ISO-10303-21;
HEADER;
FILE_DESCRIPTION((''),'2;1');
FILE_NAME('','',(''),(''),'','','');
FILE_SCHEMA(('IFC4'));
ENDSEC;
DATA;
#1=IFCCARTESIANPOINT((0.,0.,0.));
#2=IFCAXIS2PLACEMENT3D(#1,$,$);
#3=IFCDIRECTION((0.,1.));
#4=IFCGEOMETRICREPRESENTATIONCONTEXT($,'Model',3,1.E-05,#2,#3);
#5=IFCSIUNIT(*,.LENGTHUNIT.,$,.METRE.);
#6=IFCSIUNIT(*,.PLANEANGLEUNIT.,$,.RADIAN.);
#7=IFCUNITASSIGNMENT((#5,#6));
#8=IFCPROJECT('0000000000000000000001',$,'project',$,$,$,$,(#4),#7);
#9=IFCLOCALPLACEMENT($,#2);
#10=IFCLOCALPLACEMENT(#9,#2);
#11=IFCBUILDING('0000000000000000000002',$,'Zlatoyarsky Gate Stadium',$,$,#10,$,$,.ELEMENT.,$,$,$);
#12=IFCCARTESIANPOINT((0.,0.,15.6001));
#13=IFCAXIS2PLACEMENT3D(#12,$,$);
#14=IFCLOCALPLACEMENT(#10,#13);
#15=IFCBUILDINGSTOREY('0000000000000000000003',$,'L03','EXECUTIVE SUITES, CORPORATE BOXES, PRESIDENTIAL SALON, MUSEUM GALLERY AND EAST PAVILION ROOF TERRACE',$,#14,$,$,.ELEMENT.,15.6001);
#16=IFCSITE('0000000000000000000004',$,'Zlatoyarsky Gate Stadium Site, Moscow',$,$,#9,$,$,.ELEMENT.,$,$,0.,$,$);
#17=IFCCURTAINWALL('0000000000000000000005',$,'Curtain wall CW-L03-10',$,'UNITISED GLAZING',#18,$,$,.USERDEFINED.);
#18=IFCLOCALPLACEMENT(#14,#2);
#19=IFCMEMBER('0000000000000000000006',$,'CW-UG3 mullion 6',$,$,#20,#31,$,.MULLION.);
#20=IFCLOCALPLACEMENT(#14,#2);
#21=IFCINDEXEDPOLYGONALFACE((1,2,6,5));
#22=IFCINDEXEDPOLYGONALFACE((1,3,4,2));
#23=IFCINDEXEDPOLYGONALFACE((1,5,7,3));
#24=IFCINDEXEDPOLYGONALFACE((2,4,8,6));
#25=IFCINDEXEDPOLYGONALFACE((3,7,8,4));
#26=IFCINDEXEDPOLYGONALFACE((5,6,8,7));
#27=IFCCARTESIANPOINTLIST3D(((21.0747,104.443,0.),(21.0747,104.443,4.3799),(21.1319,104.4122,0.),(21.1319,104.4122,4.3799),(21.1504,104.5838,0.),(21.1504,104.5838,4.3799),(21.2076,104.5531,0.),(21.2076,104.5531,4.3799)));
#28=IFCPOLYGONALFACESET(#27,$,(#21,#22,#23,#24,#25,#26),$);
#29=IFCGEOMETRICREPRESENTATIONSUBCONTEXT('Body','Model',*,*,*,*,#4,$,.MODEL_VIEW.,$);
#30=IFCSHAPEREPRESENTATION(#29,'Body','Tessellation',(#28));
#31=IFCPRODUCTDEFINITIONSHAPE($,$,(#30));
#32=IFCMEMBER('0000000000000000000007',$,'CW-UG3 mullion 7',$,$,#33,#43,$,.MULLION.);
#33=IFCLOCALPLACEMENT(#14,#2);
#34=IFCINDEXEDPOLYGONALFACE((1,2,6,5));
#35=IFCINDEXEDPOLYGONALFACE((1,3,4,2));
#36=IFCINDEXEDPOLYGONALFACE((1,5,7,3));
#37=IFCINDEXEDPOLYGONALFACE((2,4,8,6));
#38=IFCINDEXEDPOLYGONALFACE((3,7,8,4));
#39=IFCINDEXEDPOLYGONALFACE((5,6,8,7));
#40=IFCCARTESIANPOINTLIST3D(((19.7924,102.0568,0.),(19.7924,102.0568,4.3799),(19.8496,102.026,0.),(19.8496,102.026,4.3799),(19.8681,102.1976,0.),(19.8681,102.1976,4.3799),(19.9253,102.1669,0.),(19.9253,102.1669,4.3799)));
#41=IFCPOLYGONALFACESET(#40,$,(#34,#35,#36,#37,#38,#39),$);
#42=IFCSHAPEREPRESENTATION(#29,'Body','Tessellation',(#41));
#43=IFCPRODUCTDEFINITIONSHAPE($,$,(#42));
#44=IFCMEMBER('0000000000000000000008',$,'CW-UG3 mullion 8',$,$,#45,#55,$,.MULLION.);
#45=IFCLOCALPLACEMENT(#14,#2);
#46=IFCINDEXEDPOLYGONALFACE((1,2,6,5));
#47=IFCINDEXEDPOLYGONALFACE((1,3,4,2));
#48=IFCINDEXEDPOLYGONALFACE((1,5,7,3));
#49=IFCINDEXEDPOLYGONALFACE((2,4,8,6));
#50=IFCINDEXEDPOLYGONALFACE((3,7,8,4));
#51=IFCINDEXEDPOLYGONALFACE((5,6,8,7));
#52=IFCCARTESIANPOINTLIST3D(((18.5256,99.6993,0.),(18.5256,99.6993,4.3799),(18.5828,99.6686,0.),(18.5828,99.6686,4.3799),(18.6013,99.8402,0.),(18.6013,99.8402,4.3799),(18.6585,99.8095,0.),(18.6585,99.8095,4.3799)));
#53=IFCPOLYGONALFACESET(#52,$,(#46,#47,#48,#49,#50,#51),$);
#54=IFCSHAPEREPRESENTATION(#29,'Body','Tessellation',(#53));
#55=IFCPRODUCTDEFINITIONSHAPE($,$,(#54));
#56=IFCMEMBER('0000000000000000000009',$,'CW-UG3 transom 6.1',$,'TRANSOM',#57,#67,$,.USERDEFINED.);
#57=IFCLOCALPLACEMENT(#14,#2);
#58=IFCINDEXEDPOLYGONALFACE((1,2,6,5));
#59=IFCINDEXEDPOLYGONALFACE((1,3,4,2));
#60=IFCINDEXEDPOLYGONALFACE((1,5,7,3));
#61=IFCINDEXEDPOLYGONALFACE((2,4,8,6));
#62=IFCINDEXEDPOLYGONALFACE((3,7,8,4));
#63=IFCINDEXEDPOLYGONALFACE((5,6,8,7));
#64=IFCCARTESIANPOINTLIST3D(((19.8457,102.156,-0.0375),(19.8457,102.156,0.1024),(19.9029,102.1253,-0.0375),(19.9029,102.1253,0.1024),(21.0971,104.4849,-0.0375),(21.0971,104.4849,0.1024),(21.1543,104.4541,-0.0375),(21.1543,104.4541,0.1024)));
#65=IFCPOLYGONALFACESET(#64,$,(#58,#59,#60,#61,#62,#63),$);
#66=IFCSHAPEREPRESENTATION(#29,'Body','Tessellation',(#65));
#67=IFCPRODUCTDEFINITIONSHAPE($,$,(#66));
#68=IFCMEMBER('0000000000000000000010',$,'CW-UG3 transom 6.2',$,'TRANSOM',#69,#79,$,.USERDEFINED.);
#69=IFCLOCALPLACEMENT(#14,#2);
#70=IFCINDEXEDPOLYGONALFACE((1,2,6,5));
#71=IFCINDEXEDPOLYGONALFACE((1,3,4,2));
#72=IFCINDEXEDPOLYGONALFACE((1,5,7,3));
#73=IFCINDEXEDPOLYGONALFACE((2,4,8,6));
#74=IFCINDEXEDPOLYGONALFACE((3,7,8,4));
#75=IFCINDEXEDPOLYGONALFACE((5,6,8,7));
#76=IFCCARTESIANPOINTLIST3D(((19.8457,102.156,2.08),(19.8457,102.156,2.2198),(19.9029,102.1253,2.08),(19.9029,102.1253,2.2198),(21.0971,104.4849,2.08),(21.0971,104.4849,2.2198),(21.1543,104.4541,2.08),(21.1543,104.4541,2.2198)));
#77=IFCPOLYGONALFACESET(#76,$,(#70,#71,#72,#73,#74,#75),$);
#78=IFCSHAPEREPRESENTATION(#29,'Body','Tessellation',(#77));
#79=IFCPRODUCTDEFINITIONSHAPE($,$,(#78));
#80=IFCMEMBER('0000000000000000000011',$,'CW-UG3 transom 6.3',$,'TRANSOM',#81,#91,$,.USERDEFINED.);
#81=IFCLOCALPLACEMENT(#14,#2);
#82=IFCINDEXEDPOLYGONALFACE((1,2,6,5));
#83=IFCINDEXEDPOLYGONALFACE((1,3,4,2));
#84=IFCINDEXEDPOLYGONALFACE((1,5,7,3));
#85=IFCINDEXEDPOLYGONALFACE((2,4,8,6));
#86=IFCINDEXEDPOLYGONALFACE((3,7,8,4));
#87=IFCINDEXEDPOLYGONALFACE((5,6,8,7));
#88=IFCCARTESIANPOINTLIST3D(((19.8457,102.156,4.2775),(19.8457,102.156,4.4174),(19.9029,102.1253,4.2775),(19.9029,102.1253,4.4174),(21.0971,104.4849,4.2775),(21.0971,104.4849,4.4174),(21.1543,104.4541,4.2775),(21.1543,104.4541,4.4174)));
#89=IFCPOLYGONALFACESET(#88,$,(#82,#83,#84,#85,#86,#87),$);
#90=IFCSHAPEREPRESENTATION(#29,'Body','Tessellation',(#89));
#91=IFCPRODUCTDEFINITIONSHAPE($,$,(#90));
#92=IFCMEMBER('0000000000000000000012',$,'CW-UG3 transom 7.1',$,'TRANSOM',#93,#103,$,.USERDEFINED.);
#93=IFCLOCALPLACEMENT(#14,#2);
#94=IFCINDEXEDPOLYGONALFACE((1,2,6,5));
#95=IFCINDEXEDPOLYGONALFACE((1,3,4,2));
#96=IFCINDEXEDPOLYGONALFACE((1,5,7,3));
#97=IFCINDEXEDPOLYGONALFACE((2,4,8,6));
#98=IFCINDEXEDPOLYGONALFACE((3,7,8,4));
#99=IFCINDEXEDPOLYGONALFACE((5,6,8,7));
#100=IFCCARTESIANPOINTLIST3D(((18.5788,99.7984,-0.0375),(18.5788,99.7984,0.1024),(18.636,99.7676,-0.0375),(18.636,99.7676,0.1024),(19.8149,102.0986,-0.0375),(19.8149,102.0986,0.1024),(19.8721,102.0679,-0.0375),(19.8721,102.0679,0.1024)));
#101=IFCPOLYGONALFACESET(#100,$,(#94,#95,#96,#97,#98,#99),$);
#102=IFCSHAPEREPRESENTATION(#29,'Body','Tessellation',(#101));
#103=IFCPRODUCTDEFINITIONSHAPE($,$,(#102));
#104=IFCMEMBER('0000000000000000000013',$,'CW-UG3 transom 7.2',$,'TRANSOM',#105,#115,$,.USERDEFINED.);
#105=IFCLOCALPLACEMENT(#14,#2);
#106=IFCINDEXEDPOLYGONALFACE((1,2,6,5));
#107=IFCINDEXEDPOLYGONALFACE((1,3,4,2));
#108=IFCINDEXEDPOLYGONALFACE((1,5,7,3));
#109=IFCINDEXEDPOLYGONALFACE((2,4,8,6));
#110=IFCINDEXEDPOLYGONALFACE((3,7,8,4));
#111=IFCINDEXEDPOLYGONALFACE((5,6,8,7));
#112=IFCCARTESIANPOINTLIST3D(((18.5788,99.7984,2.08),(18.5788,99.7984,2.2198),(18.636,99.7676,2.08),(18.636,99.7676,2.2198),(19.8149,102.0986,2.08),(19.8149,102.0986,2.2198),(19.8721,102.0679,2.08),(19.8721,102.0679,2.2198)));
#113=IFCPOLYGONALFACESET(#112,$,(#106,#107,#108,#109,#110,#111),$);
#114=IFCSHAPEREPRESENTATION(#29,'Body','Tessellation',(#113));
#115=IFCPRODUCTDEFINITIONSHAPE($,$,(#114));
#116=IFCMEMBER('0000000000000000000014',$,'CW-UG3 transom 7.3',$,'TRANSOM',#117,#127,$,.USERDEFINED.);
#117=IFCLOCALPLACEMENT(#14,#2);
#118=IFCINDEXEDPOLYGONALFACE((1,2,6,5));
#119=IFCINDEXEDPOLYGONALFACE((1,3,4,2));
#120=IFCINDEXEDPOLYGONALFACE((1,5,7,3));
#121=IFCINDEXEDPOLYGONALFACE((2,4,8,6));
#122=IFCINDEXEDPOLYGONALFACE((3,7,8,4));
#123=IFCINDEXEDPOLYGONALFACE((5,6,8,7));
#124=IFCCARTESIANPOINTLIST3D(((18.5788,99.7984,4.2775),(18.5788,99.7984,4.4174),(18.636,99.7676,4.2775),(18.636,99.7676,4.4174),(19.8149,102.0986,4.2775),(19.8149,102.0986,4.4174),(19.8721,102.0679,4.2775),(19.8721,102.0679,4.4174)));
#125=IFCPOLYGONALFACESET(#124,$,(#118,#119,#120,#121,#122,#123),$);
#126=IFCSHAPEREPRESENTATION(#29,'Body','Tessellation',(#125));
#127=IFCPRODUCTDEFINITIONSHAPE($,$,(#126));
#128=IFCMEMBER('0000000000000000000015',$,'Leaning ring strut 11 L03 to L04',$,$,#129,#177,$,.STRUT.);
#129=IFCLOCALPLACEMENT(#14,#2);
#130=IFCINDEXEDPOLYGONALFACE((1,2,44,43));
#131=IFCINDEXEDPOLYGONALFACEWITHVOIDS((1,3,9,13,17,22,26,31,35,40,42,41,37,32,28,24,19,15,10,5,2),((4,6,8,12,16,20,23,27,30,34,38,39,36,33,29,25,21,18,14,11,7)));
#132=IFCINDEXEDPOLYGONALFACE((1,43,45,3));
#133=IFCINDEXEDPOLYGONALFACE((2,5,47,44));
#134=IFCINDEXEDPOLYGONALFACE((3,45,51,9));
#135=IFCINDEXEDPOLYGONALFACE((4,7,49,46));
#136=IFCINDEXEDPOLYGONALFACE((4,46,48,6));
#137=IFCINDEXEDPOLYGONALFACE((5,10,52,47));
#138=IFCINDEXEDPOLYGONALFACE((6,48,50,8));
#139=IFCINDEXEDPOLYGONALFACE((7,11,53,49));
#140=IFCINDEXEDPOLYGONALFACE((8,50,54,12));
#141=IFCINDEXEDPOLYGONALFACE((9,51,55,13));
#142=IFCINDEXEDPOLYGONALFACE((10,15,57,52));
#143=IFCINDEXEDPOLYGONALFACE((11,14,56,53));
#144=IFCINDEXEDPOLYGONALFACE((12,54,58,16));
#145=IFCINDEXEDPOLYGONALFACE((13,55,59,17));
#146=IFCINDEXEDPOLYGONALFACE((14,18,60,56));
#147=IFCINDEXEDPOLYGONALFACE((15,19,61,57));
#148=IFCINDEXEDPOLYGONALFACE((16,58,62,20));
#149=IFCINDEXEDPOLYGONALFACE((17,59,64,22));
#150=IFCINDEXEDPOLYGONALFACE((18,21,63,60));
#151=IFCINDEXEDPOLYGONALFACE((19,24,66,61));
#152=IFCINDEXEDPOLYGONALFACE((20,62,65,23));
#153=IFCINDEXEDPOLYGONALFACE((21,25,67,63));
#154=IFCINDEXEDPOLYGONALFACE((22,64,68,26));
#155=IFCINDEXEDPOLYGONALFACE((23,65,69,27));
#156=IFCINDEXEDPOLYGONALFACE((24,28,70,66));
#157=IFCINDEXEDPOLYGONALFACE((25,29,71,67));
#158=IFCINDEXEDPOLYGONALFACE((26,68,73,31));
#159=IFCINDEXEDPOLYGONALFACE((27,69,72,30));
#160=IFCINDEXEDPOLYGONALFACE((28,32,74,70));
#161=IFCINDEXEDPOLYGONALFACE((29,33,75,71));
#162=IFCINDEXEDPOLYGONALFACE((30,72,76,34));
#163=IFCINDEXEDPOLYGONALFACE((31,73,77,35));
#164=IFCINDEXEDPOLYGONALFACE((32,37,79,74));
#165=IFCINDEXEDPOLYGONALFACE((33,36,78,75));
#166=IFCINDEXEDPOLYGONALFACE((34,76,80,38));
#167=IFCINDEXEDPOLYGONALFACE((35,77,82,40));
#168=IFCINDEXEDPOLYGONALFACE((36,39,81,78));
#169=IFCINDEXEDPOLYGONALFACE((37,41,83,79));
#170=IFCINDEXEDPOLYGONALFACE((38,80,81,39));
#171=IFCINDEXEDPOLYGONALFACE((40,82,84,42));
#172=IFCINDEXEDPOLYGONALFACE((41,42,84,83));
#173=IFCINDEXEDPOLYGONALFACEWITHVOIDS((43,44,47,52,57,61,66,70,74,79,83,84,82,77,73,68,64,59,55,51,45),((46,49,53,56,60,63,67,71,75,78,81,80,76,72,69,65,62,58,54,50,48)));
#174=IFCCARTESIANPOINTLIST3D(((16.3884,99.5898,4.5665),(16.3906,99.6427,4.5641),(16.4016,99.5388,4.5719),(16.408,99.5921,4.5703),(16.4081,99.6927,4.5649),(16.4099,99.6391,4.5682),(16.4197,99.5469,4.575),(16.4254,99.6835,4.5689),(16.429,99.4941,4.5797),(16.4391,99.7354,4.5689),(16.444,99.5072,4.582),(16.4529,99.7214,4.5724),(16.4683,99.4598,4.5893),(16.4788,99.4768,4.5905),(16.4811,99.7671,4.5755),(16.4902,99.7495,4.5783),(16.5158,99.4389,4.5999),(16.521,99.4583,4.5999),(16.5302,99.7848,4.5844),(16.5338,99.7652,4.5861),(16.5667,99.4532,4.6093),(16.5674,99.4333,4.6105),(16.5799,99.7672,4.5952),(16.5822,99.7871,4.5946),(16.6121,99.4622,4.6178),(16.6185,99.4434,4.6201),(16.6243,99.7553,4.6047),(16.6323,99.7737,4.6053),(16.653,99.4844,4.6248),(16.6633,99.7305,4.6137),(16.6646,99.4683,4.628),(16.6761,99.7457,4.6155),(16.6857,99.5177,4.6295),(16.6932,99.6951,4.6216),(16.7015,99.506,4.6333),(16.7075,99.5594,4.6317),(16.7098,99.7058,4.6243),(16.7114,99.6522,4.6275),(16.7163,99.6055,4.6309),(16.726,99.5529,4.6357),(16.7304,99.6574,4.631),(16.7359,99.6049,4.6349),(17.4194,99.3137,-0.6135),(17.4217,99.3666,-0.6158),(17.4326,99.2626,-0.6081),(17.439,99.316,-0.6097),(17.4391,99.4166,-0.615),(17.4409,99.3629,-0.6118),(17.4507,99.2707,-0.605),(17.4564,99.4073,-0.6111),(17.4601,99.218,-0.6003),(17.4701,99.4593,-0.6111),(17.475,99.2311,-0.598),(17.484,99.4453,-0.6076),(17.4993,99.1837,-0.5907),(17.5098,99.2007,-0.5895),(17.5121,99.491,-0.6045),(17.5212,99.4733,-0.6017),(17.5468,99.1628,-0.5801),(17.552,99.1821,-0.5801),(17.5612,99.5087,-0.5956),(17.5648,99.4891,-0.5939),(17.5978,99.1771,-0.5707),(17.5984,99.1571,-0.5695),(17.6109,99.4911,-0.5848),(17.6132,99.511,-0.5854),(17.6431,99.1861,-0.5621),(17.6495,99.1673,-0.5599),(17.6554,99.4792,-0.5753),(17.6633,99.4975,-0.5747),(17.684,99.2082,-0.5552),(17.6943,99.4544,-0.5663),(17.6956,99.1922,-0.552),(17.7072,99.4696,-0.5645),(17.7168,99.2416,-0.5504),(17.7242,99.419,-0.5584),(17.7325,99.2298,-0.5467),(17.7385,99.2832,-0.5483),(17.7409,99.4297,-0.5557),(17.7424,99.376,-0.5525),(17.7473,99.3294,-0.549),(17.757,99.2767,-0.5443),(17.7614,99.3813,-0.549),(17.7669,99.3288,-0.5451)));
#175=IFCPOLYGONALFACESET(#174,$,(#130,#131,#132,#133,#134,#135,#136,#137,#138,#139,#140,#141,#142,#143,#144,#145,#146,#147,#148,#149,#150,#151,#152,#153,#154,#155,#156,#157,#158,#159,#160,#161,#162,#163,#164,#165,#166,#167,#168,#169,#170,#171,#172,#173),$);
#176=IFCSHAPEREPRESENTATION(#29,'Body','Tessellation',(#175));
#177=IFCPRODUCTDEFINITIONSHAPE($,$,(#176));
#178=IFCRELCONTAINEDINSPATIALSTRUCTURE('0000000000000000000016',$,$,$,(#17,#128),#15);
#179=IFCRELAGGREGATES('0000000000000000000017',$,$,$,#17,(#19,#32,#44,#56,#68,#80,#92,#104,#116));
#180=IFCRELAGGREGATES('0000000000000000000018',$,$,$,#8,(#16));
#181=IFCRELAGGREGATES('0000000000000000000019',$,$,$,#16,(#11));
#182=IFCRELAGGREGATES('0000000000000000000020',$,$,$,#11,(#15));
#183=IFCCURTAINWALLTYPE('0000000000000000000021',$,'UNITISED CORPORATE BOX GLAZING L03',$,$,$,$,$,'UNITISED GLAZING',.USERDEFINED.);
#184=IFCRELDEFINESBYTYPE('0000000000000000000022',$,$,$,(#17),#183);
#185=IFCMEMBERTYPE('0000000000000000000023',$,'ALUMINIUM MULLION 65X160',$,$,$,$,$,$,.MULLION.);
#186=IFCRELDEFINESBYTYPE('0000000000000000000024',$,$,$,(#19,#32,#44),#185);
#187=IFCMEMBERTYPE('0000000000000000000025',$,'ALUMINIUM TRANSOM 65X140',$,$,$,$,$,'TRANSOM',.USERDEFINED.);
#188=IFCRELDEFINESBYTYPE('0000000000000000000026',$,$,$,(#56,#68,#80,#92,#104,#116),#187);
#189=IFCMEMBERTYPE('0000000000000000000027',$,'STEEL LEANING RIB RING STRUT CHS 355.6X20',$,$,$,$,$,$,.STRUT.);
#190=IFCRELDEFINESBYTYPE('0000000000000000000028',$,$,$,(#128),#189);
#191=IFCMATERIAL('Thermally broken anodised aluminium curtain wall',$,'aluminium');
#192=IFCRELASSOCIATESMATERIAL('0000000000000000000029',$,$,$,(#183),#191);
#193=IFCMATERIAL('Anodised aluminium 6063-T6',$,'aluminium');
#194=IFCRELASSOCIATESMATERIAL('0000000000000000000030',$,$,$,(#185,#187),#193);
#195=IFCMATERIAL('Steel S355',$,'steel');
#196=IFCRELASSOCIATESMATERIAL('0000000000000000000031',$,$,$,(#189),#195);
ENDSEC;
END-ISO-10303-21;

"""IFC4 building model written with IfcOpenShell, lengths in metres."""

from ifc_helpers import new_model, si_unit, direction, frame, origin, origin_2d, place, context, subcontext, project, spatial, rectangle, hollow_circle, extrude, material, material_profile, profile_set, type_object, element, aggregate, save


model = new_model("IFC4")

# Units and contexts
model_context = context("Model", 3, precision=1e-05, world=origin(), true_north=direction((0.0, 1.0)))
body_context = subcontext(model_context, "Body", "Model", "MODEL_VIEW")
ifc_project = project(units=[si_unit("LENGTHUNIT", "METRE"), si_unit("PLANEANGLEUNIT", "RADIAN")], contexts=[model_context])

# Site, building, storey
site_placement = place(None, origin())
site = spatial("IfcSite", under=ifc_project, at=site_placement, Name="Zlatoyarsky Gate Stadium Site, Moscow", CompositionType="ELEMENT", RefElevation=0.0)
building_placement = place(site_placement, origin())
building = spatial("IfcBuilding", under=site, at=building_placement, Name="Zlatoyarsky Gate Stadium", CompositionType="ELEMENT")
storey_placement = place(building_placement, frame((0.0, 0.0, 15.6001)))
storey = spatial("IfcBuildingStorey", under=building, at=storey_placement, Name="L03", Description="EXECUTIVE SUITES, CORPORATE BOXES, PRESIDENTIAL SALON, MUSEUM GALLERY AND EAST PAVILION ROOF TERRACE", CompositionType="ELEMENT", Elevation=15.6001)

# Curtain wall, members
ifc_material_1 = material(Name="Thermally broken anodised aluminium curtain wall", Category="aluminium")
curtain_wall_type = type_object("IfcCurtainWallType", Name="UNITISED CORPORATE BOX GLAZING L03", ElementType="UNITISED GLAZING", PredefinedType="USERDEFINED", material=ifc_material_1)
curtain_wall_placement = place(storey_placement, origin())
curtain_wall = element("IfcCurtainWall", 1, at=curtain_wall_placement, inside=storey, type_object=curtain_wall_type, Name="Curtain wall CW-L03-10", ObjectType="UNITISED GLAZING", PredefinedType="USERDEFINED")
ifc_material_2 = material(Name="Anodised aluminium 6063-T6", Category="aluminium")
ifc_material_profile_1 = material_profile(ifc_material_2, rectangle(XDim=0.0649, YDim=0.1599, at=origin_2d()), Name="ALU 65X160")
ifc_profile_set_1 = profile_set([ifc_material_profile_1], Name="Anodised aluminium 6063-T6")
member_type_1 = type_object("IfcMemberType", Name="ALUMINIUM MULLION 65X160", PredefinedType="MULLION", material=ifc_profile_set_1)
member_1_placement = place(storey_placement, frame((21.1411, 104.498, 0.0), z_axis=(0.0, 0.0, 1.0), x_axis=(0.880877, -0.473345, 0.0)))
member_1 = element("IfcMember", 2, at=member_1_placement, type_object=member_type_1, Name="CW-UG3 mullion 6", PredefinedType="MULLION", context=body_context, shape_type="SweptSolid", body=[
    extrude(rectangle(XDim=0.0649, YDim=0.1599, at=origin_2d()), origin(), (0.0, 0.0, 1.0), 4.3799),
])
member_2_placement = place(storey_placement, frame((19.8589, 102.1118, 0.0), z_axis=(0.0, 0.0, 1.0), x_axis=(0.880877, -0.473345, 0.0)))
member_2 = element("IfcMember", 3, at=member_2_placement, type_object=member_type_1, Name="CW-UG3 mullion 7", PredefinedType="MULLION", context=body_context, shape_type="SweptSolid", body=[
    extrude(rectangle(XDim=0.0649, YDim=0.1599, at=origin_2d()), origin(), (0.0, 0.0, 1.0), 4.3799),
])
member_3_placement = place(storey_placement, frame((18.592, 99.7544, 0.0), z_axis=(0.0, 0.0, 1.0), x_axis=(0.880877, -0.473345, 0.0)))
member_3 = element("IfcMember", 4, at=member_3_placement, type_object=member_type_1, Name="CW-UG3 mullion 8", PredefinedType="MULLION", context=body_context, shape_type="SweptSolid", body=[
    extrude(rectangle(XDim=0.0649, YDim=0.1599, at=origin_2d()), origin(), (0.0, 0.0, 1.0), 4.3799),
])
ifc_material_profile_2 = material_profile(ifc_material_2, rectangle(XDim=0.0649, YDim=0.1399, at=origin_2d()), Name="ALU 65X140")
ifc_profile_set_2 = profile_set([ifc_material_profile_2], Name="Anodised aluminium 6063-T6")
member_type_2 = type_object("IfcMemberType", Name="ALUMINIUM TRANSOM 65X140", ElementType="TRANSOM", PredefinedType="USERDEFINED", material=ifc_profile_set_2)
member_4_placement = place(storey_placement, frame((21.1257, 104.4695, 0.0325), z_axis=(-0.473356, -0.880871, 0.0), x_axis=(0.880871, -0.473356, 0.0)))
member_4 = element("IfcMember", 5, at=member_4_placement, type_object=member_type_2, Name="CW-UG3 transom 6.1", ObjectType="TRANSOM", PredefinedType="USERDEFINED", context=body_context, shape_type="SweptSolid", body=[
    extrude(rectangle(XDim=0.0649, YDim=0.1399, at=origin_2d()), origin(), (0.0, 0.0, 1.0), 2.6438),
])
member_5_placement = place(storey_placement, frame((21.1257, 104.4695, 2.1499), z_axis=(-0.473356, -0.880871, 0.0), x_axis=(0.880871, -0.473356, 0.0)))
member_5 = element("IfcMember", 6, at=member_5_placement, type_object=member_type_2, Name="CW-UG3 transom 6.2", ObjectType="TRANSOM", PredefinedType="USERDEFINED", context=body_context, shape_type="SweptSolid", body=[
    extrude(rectangle(XDim=0.0649, YDim=0.1399, at=origin_2d()), origin(), (0.0, 0.0, 1.0), 2.6438),
])
member_6_placement = place(storey_placement, frame((21.1257, 104.4695, 4.3474), z_axis=(-0.473356, -0.880871, 0.0), x_axis=(0.880871, -0.473356, 0.0)))
member_6 = element("IfcMember", 7, at=member_6_placement, type_object=member_type_2, Name="CW-UG3 transom 6.3", ObjectType="TRANSOM", PredefinedType="USERDEFINED", context=body_context, shape_type="SweptSolid", body=[
    extrude(rectangle(XDim=0.0649, YDim=0.1399, at=origin_2d()), origin(), (0.0, 0.0, 1.0), 2.6438),
])
member_7_placement = place(storey_placement, frame((19.8435, 102.0833, 0.0325), z_axis=(-0.473347, -0.880876, 0.0), x_axis=(0.880876, -0.473347, 0.0)))
member_7 = element("IfcMember", 8, at=member_7_placement, type_object=member_type_2, Name="CW-UG3 transom 7.1", ObjectType="TRANSOM", PredefinedType="USERDEFINED", context=body_context, shape_type="SweptSolid", body=[
    extrude(rectangle(XDim=0.0649, YDim=0.1399, at=origin_2d()), origin(), (0.0, 0.0, 1.0), 2.6113),
])
member_8_placement = place(storey_placement, frame((19.8435, 102.0833, 2.1499), z_axis=(-0.473347, -0.880876, 0.0), x_axis=(0.880876, -0.473347, 0.0)))
member_8 = element("IfcMember", 9, at=member_8_placement, type_object=member_type_2, Name="CW-UG3 transom 7.2", ObjectType="TRANSOM", PredefinedType="USERDEFINED", context=body_context, shape_type="SweptSolid", body=[
    extrude(rectangle(XDim=0.0649, YDim=0.1399, at=origin_2d()), origin(), (0.0, 0.0, 1.0), 2.6113),
])
member_9_placement = place(storey_placement, frame((19.8435, 102.0833, 4.3474), z_axis=(-0.473347, -0.880876, 0.0), x_axis=(0.880876, -0.473347, 0.0)))
member_9 = element("IfcMember", 10, at=member_9_placement, type_object=member_type_2, Name="CW-UG3 transom 7.3", ObjectType="TRANSOM", PredefinedType="USERDEFINED", context=body_context, shape_type="SweptSolid", body=[
    extrude(rectangle(XDim=0.0649, YDim=0.1399, at=origin_2d()), origin(), (0.0, 0.0, 1.0), 2.6113),
])

# Member
ifc_material_3 = material(Name="Steel S355", Category="steel")
ifc_material_profile_3 = material_profile(ifc_material_3, hollow_circle(Radius=0.1777, WallThickness=0.02, at=origin_2d()), Name="CHS 355.6X20")
ifc_profile_set_3 = profile_set([ifc_material_profile_3], Name="Steel S355")
member_type_3 = type_object("IfcMemberType", Name="STEEL LEANING RIB RING STRUT CHS 355.6X20", PredefinedType="STRUT", material=ifc_profile_set_3)
member_10_placement = place(storey_placement, frame((17.5928, 99.3345, -0.5801), z_axis=(-0.194943, 0.052209, 0.979424), x_axis=(-0.258702, -0.965957, 0.0)))
element("IfcMember", 11, at=member_10_placement, inside=storey, type_object=member_type_3, Name="Leaning ring strut 11 L03 to L04", PredefinedType="STRUT", context=body_context, shape_type="SweptSolid", body=[
    extrude(hollow_circle(Radius=0.1777, WallThickness=0.02, at=origin_2d()), origin(), (0.0, 0.0, 1.0), 5.2888),
])

aggregate(curtain_wall, [member_1, member_2, member_3, member_4, member_5, member_6, member_7, member_8, member_9])

save(model, "model.ifc")
